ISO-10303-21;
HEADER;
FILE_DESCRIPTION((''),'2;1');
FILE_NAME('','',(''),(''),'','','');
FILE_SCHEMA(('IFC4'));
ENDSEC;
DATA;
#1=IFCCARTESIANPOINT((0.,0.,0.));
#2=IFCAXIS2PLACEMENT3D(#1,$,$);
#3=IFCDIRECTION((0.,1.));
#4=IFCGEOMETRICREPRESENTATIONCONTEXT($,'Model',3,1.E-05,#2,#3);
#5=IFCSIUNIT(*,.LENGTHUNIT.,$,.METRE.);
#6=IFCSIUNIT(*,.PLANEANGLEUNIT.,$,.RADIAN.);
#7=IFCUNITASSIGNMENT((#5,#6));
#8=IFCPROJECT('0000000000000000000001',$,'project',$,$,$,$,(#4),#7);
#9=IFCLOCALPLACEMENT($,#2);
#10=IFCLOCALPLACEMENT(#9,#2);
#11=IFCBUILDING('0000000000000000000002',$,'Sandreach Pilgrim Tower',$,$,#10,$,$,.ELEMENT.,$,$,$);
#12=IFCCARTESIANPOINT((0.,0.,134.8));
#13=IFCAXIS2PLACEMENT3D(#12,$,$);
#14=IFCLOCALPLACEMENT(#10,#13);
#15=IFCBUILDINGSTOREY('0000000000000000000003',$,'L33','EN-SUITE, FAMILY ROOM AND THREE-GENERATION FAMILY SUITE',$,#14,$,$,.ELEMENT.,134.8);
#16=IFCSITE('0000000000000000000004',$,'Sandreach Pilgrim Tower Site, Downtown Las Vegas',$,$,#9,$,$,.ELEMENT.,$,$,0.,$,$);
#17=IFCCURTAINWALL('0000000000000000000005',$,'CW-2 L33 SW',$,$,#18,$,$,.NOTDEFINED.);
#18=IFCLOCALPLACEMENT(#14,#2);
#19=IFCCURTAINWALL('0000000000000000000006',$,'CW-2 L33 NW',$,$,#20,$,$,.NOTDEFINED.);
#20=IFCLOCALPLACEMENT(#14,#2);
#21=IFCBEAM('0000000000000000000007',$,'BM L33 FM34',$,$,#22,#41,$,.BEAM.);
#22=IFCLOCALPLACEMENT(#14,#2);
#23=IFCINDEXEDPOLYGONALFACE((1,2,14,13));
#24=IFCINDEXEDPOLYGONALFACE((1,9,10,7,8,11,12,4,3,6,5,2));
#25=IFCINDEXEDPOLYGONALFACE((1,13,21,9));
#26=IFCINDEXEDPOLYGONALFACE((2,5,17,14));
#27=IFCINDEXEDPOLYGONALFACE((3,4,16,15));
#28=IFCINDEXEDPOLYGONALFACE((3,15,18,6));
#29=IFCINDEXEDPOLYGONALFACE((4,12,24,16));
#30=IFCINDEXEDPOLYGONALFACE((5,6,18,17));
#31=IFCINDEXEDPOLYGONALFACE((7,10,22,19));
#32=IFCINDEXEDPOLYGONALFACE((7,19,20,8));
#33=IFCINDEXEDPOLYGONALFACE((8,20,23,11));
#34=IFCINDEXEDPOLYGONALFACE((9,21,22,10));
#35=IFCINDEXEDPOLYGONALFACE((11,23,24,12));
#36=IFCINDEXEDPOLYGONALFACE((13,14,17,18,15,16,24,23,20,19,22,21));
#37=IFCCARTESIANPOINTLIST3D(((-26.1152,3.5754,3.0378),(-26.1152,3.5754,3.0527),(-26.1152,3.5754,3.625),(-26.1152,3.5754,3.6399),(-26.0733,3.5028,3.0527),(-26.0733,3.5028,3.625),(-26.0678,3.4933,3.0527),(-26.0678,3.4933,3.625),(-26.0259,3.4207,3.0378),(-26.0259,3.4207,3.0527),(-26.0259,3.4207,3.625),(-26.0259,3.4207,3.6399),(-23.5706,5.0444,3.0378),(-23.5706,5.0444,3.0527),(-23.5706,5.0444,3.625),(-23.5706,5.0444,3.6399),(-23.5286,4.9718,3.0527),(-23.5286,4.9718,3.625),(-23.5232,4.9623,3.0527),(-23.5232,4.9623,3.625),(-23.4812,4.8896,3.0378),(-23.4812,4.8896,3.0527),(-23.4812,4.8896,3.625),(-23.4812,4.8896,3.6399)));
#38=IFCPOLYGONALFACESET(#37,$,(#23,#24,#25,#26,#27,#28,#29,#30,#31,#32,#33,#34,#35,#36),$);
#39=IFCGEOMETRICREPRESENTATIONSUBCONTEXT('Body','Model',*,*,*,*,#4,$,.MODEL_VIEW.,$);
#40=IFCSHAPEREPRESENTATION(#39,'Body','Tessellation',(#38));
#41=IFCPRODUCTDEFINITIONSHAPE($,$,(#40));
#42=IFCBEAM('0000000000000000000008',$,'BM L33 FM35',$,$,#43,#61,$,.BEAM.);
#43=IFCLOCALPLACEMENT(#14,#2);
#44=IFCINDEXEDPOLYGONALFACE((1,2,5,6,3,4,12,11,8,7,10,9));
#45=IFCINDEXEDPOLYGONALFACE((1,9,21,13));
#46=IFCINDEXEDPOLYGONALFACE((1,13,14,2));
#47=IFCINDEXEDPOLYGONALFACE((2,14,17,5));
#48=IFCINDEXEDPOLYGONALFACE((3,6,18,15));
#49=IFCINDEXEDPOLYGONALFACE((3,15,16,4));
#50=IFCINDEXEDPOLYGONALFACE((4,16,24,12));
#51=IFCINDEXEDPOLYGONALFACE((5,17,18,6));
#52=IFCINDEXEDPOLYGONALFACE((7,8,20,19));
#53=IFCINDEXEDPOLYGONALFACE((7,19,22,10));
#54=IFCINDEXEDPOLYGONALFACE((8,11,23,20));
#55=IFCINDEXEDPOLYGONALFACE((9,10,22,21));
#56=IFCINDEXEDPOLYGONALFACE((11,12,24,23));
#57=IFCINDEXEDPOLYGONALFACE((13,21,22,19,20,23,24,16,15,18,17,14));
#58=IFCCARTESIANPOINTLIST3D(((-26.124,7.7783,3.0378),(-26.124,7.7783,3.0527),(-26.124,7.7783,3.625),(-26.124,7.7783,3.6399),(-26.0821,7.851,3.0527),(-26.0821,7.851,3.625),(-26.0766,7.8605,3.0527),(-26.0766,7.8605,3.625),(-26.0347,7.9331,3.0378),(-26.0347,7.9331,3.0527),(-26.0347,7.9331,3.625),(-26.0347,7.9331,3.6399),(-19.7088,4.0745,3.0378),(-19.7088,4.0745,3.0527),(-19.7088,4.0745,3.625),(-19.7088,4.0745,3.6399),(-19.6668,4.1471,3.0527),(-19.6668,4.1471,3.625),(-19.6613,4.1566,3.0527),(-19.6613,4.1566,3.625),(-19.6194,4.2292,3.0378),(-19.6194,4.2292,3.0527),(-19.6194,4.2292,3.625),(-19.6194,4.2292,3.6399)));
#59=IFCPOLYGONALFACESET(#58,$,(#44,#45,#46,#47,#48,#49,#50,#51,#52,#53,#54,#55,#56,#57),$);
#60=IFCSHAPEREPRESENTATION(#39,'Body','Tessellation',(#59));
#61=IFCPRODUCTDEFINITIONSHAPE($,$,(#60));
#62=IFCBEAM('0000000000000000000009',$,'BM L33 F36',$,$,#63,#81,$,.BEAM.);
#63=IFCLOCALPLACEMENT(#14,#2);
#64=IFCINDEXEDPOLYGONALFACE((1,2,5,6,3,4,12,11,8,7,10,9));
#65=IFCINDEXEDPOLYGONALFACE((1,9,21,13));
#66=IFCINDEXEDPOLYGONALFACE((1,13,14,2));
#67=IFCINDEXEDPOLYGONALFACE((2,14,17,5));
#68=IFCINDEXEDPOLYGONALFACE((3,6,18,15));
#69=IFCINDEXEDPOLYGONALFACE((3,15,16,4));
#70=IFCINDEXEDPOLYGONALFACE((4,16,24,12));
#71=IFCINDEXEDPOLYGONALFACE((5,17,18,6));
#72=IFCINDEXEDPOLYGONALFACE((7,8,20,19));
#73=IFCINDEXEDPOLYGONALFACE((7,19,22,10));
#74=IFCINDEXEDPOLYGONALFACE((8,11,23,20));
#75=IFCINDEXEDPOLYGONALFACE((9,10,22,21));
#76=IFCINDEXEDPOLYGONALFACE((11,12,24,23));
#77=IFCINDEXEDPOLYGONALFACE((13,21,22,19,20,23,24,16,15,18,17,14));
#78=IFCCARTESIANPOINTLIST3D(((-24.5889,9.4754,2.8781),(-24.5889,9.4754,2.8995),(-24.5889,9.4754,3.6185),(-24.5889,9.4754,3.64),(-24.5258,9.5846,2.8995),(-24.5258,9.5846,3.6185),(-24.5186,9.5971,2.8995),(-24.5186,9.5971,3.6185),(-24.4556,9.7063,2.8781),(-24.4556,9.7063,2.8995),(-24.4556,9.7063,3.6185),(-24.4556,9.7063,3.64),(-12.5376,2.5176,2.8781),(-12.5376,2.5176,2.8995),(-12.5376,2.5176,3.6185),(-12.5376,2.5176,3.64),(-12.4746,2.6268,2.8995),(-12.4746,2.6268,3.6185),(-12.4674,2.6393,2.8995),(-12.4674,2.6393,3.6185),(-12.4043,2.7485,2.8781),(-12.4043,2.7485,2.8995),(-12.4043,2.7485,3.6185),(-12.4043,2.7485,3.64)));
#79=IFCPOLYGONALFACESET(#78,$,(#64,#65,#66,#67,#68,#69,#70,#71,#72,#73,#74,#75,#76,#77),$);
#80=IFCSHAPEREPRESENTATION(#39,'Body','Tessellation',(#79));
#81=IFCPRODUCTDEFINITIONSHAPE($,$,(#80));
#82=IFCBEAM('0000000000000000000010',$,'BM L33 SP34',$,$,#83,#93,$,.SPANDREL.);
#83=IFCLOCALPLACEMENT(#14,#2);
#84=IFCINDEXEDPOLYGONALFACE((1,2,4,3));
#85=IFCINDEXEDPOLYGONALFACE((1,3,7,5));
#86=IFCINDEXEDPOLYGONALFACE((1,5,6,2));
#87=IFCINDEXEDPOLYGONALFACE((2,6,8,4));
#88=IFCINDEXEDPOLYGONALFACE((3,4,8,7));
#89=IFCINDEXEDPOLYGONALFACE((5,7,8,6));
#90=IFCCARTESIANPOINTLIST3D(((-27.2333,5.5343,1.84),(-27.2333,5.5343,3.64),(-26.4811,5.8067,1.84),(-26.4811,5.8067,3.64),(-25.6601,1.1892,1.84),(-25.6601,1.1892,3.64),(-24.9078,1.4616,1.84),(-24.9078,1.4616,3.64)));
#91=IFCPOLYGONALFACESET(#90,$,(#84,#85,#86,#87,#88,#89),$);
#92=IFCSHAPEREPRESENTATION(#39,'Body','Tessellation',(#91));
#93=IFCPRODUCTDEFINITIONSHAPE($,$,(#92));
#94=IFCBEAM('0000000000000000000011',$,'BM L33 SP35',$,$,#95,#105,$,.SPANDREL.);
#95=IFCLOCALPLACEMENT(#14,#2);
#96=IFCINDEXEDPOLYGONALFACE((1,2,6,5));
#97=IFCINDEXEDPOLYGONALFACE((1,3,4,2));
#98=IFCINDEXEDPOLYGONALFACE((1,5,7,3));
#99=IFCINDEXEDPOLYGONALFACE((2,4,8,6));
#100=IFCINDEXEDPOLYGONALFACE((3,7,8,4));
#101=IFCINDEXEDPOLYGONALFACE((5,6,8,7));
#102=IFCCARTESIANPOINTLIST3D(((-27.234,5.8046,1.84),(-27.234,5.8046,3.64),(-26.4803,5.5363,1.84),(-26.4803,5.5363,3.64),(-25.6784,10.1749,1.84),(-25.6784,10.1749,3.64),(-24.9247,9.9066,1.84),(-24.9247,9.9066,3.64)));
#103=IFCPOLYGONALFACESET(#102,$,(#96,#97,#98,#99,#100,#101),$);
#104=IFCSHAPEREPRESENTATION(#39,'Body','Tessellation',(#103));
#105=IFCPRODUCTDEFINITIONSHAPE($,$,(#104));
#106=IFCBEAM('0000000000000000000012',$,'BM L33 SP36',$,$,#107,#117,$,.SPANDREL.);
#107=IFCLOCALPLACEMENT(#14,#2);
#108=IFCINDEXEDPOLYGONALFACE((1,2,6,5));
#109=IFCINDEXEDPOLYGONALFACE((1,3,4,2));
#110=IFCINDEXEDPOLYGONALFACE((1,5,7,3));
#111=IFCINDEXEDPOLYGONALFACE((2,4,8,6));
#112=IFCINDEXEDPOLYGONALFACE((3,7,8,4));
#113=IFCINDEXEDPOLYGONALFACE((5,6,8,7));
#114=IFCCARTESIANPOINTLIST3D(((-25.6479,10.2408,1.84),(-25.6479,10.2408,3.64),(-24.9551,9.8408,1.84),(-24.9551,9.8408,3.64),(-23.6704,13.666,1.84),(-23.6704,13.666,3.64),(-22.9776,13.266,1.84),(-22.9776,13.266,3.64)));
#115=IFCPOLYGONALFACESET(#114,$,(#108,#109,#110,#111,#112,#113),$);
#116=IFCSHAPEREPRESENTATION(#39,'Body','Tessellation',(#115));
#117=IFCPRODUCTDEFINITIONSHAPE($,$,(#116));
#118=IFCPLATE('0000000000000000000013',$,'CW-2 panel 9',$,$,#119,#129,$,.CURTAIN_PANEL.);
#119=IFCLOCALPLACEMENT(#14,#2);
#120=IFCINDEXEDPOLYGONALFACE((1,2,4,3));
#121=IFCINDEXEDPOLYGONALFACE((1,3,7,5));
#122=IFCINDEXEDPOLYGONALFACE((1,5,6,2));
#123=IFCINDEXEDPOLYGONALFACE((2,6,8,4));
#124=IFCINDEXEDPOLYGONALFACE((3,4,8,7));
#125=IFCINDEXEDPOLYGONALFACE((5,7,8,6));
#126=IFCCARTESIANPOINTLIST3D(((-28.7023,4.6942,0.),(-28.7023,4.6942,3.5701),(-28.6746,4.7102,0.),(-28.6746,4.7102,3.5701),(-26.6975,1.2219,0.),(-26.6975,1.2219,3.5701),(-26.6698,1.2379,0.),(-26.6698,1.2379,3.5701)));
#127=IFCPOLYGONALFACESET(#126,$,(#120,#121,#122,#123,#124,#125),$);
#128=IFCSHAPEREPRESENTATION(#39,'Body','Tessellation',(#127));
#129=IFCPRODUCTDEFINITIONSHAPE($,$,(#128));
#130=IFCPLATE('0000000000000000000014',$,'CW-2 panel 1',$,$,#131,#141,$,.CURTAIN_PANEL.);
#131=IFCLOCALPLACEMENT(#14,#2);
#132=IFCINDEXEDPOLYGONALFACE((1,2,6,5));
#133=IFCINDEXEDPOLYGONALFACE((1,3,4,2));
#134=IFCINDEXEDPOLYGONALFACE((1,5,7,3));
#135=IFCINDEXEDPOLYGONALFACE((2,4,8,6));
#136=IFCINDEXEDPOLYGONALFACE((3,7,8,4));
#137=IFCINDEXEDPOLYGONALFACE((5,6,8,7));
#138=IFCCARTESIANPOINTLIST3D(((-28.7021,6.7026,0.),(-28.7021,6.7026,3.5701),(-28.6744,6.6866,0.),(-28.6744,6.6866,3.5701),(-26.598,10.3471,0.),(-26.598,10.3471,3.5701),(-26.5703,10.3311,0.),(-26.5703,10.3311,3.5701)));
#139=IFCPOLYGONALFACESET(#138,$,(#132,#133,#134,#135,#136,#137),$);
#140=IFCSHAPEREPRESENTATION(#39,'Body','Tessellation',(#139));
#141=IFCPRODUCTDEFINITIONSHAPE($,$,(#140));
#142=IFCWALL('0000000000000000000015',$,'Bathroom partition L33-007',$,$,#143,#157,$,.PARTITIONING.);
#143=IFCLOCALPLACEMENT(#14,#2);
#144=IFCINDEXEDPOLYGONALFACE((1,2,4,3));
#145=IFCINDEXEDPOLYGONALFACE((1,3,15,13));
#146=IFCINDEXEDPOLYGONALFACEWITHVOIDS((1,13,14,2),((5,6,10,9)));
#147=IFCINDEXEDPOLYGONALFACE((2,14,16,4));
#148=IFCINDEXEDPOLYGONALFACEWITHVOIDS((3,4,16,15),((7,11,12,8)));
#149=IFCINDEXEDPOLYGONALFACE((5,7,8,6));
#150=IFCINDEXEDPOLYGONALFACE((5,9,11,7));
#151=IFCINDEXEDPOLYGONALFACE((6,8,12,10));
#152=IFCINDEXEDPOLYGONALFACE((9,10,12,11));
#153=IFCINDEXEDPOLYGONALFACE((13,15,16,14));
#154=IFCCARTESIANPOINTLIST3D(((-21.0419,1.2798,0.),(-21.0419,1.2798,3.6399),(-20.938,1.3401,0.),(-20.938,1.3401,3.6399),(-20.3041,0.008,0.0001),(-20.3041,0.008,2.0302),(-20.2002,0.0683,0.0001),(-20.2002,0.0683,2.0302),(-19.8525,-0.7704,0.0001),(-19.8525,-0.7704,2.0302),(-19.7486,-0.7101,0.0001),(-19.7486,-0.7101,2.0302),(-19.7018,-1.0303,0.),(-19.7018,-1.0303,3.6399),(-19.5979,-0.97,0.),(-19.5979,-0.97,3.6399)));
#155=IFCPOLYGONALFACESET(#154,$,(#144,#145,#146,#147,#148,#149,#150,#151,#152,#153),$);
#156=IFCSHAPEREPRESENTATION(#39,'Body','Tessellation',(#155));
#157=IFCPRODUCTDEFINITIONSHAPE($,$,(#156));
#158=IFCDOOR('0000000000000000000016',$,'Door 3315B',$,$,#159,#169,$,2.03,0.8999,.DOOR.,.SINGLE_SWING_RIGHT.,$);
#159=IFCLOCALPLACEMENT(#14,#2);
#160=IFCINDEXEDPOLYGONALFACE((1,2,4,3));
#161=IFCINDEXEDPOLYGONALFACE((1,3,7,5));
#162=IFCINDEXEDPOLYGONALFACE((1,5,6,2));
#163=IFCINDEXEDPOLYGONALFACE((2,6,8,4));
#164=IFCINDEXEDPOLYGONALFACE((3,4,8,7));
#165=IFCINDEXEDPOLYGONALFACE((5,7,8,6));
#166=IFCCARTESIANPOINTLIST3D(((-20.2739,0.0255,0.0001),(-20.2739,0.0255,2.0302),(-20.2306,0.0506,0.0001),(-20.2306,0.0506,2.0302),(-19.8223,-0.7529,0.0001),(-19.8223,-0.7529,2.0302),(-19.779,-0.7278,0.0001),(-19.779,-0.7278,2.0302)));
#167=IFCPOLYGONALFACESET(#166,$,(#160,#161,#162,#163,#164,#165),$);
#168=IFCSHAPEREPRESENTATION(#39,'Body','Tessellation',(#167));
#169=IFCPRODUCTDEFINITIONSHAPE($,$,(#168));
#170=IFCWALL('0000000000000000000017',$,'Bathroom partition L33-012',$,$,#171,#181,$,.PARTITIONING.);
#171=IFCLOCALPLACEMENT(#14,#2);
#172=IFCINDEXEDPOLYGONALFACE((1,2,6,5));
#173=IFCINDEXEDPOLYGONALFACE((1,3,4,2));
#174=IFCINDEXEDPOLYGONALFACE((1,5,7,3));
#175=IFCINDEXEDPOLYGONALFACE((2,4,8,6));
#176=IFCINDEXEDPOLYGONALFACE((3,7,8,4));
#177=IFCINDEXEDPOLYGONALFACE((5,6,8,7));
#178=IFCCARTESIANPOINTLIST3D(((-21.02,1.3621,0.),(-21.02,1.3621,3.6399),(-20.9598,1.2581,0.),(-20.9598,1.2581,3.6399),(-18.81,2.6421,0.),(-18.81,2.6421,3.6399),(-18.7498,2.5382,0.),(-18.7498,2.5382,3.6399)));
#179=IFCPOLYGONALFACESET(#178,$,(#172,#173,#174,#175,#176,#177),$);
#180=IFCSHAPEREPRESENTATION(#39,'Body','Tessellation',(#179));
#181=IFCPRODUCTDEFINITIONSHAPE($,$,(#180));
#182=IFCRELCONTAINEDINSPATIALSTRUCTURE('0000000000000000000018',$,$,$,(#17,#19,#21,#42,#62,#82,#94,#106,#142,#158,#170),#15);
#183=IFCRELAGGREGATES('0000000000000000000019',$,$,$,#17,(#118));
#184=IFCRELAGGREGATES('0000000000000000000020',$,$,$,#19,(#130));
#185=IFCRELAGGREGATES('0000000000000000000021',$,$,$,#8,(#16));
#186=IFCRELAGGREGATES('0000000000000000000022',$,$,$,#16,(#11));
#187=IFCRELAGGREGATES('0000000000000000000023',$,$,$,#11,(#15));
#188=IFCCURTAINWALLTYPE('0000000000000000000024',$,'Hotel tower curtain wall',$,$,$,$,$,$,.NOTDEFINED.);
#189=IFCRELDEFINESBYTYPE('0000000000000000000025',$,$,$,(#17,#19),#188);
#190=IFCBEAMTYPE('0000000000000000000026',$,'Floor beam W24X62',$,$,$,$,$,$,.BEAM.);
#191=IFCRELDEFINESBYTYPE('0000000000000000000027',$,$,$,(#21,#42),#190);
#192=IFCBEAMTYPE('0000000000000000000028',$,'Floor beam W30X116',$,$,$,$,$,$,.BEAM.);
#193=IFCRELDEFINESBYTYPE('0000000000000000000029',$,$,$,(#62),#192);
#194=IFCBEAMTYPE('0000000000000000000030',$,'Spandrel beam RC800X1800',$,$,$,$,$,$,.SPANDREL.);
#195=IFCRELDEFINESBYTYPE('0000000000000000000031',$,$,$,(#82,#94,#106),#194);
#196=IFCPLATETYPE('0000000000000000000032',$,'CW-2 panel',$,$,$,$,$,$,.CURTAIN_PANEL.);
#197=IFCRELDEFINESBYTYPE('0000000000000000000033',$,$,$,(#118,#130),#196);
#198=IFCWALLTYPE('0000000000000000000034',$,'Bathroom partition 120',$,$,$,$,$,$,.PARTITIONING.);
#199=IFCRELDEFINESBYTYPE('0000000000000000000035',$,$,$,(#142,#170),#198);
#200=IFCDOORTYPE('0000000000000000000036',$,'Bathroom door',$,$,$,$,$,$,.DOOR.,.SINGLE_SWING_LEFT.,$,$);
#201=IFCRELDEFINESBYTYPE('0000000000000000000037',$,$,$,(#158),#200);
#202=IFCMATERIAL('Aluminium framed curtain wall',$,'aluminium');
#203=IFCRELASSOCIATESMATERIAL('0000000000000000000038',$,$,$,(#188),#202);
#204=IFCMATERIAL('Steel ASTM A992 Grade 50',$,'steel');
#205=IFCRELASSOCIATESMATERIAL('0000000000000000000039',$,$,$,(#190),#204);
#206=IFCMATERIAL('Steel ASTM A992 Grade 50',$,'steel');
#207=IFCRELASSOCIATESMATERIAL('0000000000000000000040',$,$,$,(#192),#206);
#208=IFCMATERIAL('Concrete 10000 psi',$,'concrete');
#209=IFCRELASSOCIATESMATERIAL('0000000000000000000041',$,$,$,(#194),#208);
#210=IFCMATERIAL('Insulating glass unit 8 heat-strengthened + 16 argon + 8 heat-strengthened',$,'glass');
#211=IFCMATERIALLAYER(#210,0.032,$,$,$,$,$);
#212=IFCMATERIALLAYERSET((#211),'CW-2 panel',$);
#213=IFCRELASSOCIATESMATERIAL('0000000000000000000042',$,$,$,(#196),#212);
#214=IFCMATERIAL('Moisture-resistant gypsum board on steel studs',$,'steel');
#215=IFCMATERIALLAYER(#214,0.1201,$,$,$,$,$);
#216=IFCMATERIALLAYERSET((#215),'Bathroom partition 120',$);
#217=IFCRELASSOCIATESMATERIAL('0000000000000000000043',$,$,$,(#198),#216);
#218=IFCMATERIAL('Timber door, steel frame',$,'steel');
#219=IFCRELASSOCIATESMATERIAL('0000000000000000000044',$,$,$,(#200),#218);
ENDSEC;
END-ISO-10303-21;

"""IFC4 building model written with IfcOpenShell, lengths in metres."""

from ifc_helpers import new_model, si_unit, direction, frame, frame_2d, origin, origin_2d, place, context, subcontext, project, spatial, rectangle, i_section, extrude, material, layer, layer_set, material_profile, profile_set, type_object, element, fill, aggregate, save


model = new_model("IFC4")

# Units and contexts
model_context = context("Model", 3, precision=1e-05, world=origin(), true_north=direction((0.0, 1.0)))
body_context = subcontext(model_context, "Body", "Model", "MODEL_VIEW")
ifc_project = project(units=[si_unit("LENGTHUNIT", "METRE"), si_unit("PLANEANGLEUNIT", "RADIAN")], contexts=[model_context])

# Site, building, storey
site_placement = place(None, origin())
site = spatial("IfcSite", under=ifc_project, at=site_placement, Name="Sandreach Pilgrim Tower Site, Downtown Las Vegas", CompositionType="ELEMENT", RefElevation=0.0)
building_placement = place(site_placement, origin())
building = spatial("IfcBuilding", under=site, at=building_placement, Name="Sandreach Pilgrim Tower", CompositionType="ELEMENT")
storey_placement = place(building_placement, frame((0.0, 0.0, 134.8)))
storey = spatial("IfcBuildingStorey", under=building, at=storey_placement, Name="L33", Description="EN-SUITE, FAMILY ROOM AND THREE-GENERATION FAMILY SUITE", CompositionType="ELEMENT", Elevation=134.8)

# Curtain wall
ifc_material_1 = material(Name="Aluminium framed curtain wall", Category="aluminium")
curtain_wall_type = type_object("IfcCurtainWallType", Name="Hotel tower curtain wall", PredefinedType="NOTDEFINED", material=ifc_material_1)
curtain_wall_1_placement = place(storey_placement, origin())
curtain_wall_1 = element("IfcCurtainWall", 1, at=curtain_wall_1_placement, inside=storey, type_object=curtain_wall_type, Name="CW-2 L33 SW", PredefinedType="NOTDEFINED")

# Curtain wall
curtain_wall_2_placement = place(storey_placement, origin())
curtain_wall_2 = element("IfcCurtainWall", 2, at=curtain_wall_2_placement, inside=storey, type_object=curtain_wall_type, Name="CW-2 L33 NW", PredefinedType="NOTDEFINED")

# Beams
ifc_material_2 = material(Name="Steel ASTM A992 Grade 50", Category="steel")
ifc_material_profile_1 = material_profile(ifc_material_2, i_section(OverallWidth=0.1787, OverallDepth=0.6021, WebThickness=0.011, FlangeThickness=0.0149, at=origin_2d()), Name="W24X62")
ifc_profile_set_1 = profile_set([ifc_material_profile_1], Name="Steel ASTM A992 Grade 50")
beam_type_1 = type_object("IfcBeamType", Name="Floor beam W24X62", PredefinedType="BEAM", material=ifc_profile_set_1)
beam_1_placement = place(storey_placement, frame((-26.0706, 3.498, 3.3389), z_axis=(0.866051, 0.499955, 0.0), x_axis=(-0.499955, 0.866051, 0.0)))
element("IfcBeam", 3, at=beam_1_placement, inside=storey, type_object=beam_type_1, Name="BM L33 FM34", PredefinedType="BEAM", context=body_context, shape_type="SweptSolid", body=[
    extrude(i_section(OverallWidth=0.1787, OverallDepth=0.6021, WebThickness=0.011, FlangeThickness=0.0149, at=origin_2d()), origin(), (0.0, 0.0, 1.0), 2.9382),
])
beam_2_placement = place(storey_placement, frame((-26.0793, 7.8557, 3.3389), z_axis=(0.866026, -0.499999, 0.0), x_axis=(0.499999, 0.866026, 0.0)))
element("IfcBeam", 4, at=beam_2_placement, inside=storey, type_object=beam_type_1, Name="BM L33 FM35", PredefinedType="BEAM", context=body_context, shape_type="SweptSolid", body=[
    extrude(i_section(OverallWidth=0.1787, OverallDepth=0.6021, WebThickness=0.011, FlangeThickness=0.0149, at=origin_2d()), origin(), (0.0, 0.0, 1.0), 7.4077),
])
ifc_material_3 = material(Name="Steel ASTM A992 Grade 50", Category="steel")
ifc_material_profile_2 = material_profile(ifc_material_3, i_section(OverallWidth=0.2666, OverallDepth=0.762, WebThickness=0.0144, FlangeThickness=0.0215, at=origin_2d()), Name="W30X116")
ifc_profile_set_2 = profile_set([ifc_material_profile_2], Name="Steel ASTM A992 Grade 50")
beam_type_2 = type_object("IfcBeamType", Name="Floor beam W30X116", PredefinedType="BEAM", material=ifc_profile_set_2)
beam_3_placement = place(storey_placement, frame((-24.5222, 9.5908, 3.259), z_axis=(0.866027, -0.499998, 0.0), x_axis=(0.499998, 0.866027, 0.0)))
element("IfcBeam", 5, at=beam_3_placement, inside=storey, type_object=beam_type_2, Name="BM L33 F36", PredefinedType="BEAM", context=body_context, shape_type="SweptSolid", body=[
    extrude(i_section(OverallWidth=0.2666, OverallDepth=0.762, WebThickness=0.0144, FlangeThickness=0.0215, at=origin_2d()), origin(), (0.0, 0.0, 1.0), 13.9155),
])
ifc_material_4 = material(Name="Concrete 10000 psi", Category="concrete")
ifc_material_profile_3 = material_profile(ifc_material_4, rectangle(XDim=0.8, YDim=1.8, at=origin_2d()), Name="RC800X1800")
ifc_profile_set_3 = profile_set([ifc_material_profile_3], Name="Concrete 10000 psi")
beam_type_3 = type_object("IfcBeamType", Name="Spandrel beam RC800X1800", PredefinedType="SPANDREL", material=ifc_profile_set_3)
beam_4_placement = place(storey_placement, frame((-25.2839, 1.3254, 2.74), z_axis=(-0.340453, 0.940261, 0.0), x_axis=(-0.940261, -0.340453, 0.0)))
element("IfcBeam", 6, at=beam_4_placement, inside=storey, type_object=beam_type_3, Name="BM L33 SP34", PredefinedType="SPANDREL", context=body_context, shape_type="SweptSolid", body=[
    extrude(rectangle(XDim=0.8, YDim=1.8, at=origin_2d()), origin(), (0.0, 0.0, 1.0), 4.6211),
])
beam_5_placement = place(storey_placement, frame((-26.8572, 5.6704, 2.74), z_axis=(0.335346, 0.942095, 0.0), x_axis=(-0.942095, 0.335346, 0.0)))
element("IfcBeam", 7, at=beam_5_placement, inside=storey, type_object=beam_type_3, Name="BM L33 SP35", PredefinedType="SPANDREL", context=body_context, shape_type="SweptSolid", body=[
    extrude(rectangle(XDim=0.8, YDim=1.8, at=origin_2d()), origin(), (0.0, 0.0, 1.0), 4.6389),
])
beam_6_placement = place(storey_placement, frame((-25.3015, 10.0408, 2.74), z_axis=(0.49999, 0.866031, 0.0), x_axis=(-0.866031, 0.49999, 0.0)))
element("IfcBeam", 8, at=beam_6_placement, inside=storey, type_object=beam_type_3, Name="BM L33 SP36", PredefinedType="SPANDREL", context=body_context, shape_type="SweptSolid", body=[
    extrude(rectangle(XDim=0.8, YDim=1.8, at=origin_2d()), origin(), (0.0, 0.0, 1.0), 3.9551),
])

# Plates
ifc_material_5 = material(Name="Insulating glass unit 8 heat-strengthened + 16 argon + 8 heat-strengthened", Category="glass")
ifc_layer_1 = layer(ifc_material_5, 0.032)
ifc_layer_set_1 = layer_set([ifc_layer_1], Name="CW-2 panel")
plate_type = type_object("IfcPlateType", Name="CW-2 panel", PredefinedType="CURTAIN_PANEL", material=ifc_layer_set_1)
plate_1_placement = place(storey_placement, frame((-27.686, 2.9661, 0.0), z_axis=(0.0, 0.0, 1.0), x_axis=(-0.5, 0.866025, 0.0)))
plate_1 = element("IfcPlate", 9, at=plate_1_placement, type_object=plate_type, Name="CW-2 panel 9", PredefinedType="CURTAIN_PANEL", context=body_context, shape_type="SweptSolid", body=[
    extrude(rectangle(XDim=4.0095, YDim=0.032, at=origin_2d()), origin(), (0.0, 0.0, 1.0), 3.5701),
])
aggregate(curtain_wall_1, [plate_1])
plate_2_placement = place(storey_placement, frame((-27.6362, 8.5168, 0.0), z_axis=(0.0, 0.0, 1.0), x_axis=(0.5, 0.866025, 0.0)))
plate_2 = element("IfcPlate", 10, at=plate_2_placement, type_object=plate_type, Name="CW-2 panel 1", PredefinedType="CURTAIN_PANEL", context=body_context, shape_type="SweptSolid", body=[
    extrude(rectangle(XDim=4.2083, YDim=0.032, at=origin_2d()), origin(), (0.0, 0.0, 1.0), 3.5701),
])
aggregate(curtain_wall_2, [plate_2])

# Wall, opening, door
ifc_material_6 = material(Name="Moisture-resistant gypsum board on steel studs", Category="steel")
ifc_layer_2 = layer(ifc_material_6, 0.1201)
ifc_layer_set_2 = layer_set([ifc_layer_2], Name="Bathroom partition 120")
wall_type_1 = type_object("IfcWallType", Name="Bathroom partition 120", PredefinedType="PARTITIONING", material=ifc_layer_set_2)
wall_1_placement = place(storey_placement, frame((-20.99, 1.3101, 0.0), z_axis=(0.0, 0.0, 1.0), x_axis=(0.501789, -0.86499, 0.0)))
wall_1 = element("IfcWall", 11, at=wall_1_placement, inside=storey, type_object=wall_type_1, Name="Bathroom partition L33-007", PredefinedType="PARTITIONING", context=body_context, shape_type="SweptSolid", body=[
    extrude(rectangle(XDim=2.6707, YDim=0.1201, at=frame_2d((1.3354, 0.0))), origin(), (0.0, 0.0, 1.0), 3.6399),
])
opening_1_placement = place(wall_1_placement, frame((1.4705, 0.0, 0.0)))
opening_1 = element("IfcOpeningElement", 12, at=opening_1_placement, cuts=wall_1, PredefinedType="OPENING", context=body_context, shape_type="SweptSolid", body=[
    extrude(rectangle(XDim=0.8999, YDim=2.03, at=frame_2d((0.45, 1.0151))), frame((0.0, 0.0601, 0.0), z_axis=(0.0, -1.0, 0.0), x_axis=(1.0, 0.0, 0.0)), (0.0, 0.0, 1.0), 0.1201),
])
ifc_material_7 = material(Name="Timber door, steel frame", Category="steel")
door_type_1 = type_object("IfcDoorType", Name="Bathroom door", OperationType="SINGLE_SWING_LEFT", PredefinedType="DOOR", material=ifc_material_7)
door_1_placement = place(opening_1_placement, origin())
door_1 = element("IfcDoor", 13, at=door_1_placement, inside=storey, type_object=door_type_1, Name="Door 3315B", OperationType="SINGLE_SWING_RIGHT", OverallHeight=2.03, OverallWidth=0.8999, PredefinedType="DOOR", context=body_context, shape_type="SweptSolid", body=[
    extrude(rectangle(XDim=0.8999, YDim=2.03, at=frame_2d((0.45, 1.0151))), frame((0.0, 0.0249, 0.0), z_axis=(0.0, -1.0, 0.0), x_axis=(1.0, 0.0, 0.0)), (0.0, 0.0, 1.0), 0.05),
])
fill(opening_1, door_1)

# Wall
wall_2_placement = place(storey_placement, frame((-18.78, 2.5901, 0.0), z_axis=(0.0, 0.0, 1.0), x_axis=(-0.865328, -0.501206, 0.0)))
element("IfcWall", 14, at=wall_2_placement, inside=storey, type_object=wall_type_1, Name="Bathroom partition L33-012", PredefinedType="PARTITIONING", context=body_context, shape_type="SweptSolid", body=[
    extrude(rectangle(XDim=2.554, YDim=0.1201, at=frame_2d((1.2769, 0.0))), origin(), (0.0, 0.0, 1.0), 3.6399),
])

save(model, "model.ifc")
